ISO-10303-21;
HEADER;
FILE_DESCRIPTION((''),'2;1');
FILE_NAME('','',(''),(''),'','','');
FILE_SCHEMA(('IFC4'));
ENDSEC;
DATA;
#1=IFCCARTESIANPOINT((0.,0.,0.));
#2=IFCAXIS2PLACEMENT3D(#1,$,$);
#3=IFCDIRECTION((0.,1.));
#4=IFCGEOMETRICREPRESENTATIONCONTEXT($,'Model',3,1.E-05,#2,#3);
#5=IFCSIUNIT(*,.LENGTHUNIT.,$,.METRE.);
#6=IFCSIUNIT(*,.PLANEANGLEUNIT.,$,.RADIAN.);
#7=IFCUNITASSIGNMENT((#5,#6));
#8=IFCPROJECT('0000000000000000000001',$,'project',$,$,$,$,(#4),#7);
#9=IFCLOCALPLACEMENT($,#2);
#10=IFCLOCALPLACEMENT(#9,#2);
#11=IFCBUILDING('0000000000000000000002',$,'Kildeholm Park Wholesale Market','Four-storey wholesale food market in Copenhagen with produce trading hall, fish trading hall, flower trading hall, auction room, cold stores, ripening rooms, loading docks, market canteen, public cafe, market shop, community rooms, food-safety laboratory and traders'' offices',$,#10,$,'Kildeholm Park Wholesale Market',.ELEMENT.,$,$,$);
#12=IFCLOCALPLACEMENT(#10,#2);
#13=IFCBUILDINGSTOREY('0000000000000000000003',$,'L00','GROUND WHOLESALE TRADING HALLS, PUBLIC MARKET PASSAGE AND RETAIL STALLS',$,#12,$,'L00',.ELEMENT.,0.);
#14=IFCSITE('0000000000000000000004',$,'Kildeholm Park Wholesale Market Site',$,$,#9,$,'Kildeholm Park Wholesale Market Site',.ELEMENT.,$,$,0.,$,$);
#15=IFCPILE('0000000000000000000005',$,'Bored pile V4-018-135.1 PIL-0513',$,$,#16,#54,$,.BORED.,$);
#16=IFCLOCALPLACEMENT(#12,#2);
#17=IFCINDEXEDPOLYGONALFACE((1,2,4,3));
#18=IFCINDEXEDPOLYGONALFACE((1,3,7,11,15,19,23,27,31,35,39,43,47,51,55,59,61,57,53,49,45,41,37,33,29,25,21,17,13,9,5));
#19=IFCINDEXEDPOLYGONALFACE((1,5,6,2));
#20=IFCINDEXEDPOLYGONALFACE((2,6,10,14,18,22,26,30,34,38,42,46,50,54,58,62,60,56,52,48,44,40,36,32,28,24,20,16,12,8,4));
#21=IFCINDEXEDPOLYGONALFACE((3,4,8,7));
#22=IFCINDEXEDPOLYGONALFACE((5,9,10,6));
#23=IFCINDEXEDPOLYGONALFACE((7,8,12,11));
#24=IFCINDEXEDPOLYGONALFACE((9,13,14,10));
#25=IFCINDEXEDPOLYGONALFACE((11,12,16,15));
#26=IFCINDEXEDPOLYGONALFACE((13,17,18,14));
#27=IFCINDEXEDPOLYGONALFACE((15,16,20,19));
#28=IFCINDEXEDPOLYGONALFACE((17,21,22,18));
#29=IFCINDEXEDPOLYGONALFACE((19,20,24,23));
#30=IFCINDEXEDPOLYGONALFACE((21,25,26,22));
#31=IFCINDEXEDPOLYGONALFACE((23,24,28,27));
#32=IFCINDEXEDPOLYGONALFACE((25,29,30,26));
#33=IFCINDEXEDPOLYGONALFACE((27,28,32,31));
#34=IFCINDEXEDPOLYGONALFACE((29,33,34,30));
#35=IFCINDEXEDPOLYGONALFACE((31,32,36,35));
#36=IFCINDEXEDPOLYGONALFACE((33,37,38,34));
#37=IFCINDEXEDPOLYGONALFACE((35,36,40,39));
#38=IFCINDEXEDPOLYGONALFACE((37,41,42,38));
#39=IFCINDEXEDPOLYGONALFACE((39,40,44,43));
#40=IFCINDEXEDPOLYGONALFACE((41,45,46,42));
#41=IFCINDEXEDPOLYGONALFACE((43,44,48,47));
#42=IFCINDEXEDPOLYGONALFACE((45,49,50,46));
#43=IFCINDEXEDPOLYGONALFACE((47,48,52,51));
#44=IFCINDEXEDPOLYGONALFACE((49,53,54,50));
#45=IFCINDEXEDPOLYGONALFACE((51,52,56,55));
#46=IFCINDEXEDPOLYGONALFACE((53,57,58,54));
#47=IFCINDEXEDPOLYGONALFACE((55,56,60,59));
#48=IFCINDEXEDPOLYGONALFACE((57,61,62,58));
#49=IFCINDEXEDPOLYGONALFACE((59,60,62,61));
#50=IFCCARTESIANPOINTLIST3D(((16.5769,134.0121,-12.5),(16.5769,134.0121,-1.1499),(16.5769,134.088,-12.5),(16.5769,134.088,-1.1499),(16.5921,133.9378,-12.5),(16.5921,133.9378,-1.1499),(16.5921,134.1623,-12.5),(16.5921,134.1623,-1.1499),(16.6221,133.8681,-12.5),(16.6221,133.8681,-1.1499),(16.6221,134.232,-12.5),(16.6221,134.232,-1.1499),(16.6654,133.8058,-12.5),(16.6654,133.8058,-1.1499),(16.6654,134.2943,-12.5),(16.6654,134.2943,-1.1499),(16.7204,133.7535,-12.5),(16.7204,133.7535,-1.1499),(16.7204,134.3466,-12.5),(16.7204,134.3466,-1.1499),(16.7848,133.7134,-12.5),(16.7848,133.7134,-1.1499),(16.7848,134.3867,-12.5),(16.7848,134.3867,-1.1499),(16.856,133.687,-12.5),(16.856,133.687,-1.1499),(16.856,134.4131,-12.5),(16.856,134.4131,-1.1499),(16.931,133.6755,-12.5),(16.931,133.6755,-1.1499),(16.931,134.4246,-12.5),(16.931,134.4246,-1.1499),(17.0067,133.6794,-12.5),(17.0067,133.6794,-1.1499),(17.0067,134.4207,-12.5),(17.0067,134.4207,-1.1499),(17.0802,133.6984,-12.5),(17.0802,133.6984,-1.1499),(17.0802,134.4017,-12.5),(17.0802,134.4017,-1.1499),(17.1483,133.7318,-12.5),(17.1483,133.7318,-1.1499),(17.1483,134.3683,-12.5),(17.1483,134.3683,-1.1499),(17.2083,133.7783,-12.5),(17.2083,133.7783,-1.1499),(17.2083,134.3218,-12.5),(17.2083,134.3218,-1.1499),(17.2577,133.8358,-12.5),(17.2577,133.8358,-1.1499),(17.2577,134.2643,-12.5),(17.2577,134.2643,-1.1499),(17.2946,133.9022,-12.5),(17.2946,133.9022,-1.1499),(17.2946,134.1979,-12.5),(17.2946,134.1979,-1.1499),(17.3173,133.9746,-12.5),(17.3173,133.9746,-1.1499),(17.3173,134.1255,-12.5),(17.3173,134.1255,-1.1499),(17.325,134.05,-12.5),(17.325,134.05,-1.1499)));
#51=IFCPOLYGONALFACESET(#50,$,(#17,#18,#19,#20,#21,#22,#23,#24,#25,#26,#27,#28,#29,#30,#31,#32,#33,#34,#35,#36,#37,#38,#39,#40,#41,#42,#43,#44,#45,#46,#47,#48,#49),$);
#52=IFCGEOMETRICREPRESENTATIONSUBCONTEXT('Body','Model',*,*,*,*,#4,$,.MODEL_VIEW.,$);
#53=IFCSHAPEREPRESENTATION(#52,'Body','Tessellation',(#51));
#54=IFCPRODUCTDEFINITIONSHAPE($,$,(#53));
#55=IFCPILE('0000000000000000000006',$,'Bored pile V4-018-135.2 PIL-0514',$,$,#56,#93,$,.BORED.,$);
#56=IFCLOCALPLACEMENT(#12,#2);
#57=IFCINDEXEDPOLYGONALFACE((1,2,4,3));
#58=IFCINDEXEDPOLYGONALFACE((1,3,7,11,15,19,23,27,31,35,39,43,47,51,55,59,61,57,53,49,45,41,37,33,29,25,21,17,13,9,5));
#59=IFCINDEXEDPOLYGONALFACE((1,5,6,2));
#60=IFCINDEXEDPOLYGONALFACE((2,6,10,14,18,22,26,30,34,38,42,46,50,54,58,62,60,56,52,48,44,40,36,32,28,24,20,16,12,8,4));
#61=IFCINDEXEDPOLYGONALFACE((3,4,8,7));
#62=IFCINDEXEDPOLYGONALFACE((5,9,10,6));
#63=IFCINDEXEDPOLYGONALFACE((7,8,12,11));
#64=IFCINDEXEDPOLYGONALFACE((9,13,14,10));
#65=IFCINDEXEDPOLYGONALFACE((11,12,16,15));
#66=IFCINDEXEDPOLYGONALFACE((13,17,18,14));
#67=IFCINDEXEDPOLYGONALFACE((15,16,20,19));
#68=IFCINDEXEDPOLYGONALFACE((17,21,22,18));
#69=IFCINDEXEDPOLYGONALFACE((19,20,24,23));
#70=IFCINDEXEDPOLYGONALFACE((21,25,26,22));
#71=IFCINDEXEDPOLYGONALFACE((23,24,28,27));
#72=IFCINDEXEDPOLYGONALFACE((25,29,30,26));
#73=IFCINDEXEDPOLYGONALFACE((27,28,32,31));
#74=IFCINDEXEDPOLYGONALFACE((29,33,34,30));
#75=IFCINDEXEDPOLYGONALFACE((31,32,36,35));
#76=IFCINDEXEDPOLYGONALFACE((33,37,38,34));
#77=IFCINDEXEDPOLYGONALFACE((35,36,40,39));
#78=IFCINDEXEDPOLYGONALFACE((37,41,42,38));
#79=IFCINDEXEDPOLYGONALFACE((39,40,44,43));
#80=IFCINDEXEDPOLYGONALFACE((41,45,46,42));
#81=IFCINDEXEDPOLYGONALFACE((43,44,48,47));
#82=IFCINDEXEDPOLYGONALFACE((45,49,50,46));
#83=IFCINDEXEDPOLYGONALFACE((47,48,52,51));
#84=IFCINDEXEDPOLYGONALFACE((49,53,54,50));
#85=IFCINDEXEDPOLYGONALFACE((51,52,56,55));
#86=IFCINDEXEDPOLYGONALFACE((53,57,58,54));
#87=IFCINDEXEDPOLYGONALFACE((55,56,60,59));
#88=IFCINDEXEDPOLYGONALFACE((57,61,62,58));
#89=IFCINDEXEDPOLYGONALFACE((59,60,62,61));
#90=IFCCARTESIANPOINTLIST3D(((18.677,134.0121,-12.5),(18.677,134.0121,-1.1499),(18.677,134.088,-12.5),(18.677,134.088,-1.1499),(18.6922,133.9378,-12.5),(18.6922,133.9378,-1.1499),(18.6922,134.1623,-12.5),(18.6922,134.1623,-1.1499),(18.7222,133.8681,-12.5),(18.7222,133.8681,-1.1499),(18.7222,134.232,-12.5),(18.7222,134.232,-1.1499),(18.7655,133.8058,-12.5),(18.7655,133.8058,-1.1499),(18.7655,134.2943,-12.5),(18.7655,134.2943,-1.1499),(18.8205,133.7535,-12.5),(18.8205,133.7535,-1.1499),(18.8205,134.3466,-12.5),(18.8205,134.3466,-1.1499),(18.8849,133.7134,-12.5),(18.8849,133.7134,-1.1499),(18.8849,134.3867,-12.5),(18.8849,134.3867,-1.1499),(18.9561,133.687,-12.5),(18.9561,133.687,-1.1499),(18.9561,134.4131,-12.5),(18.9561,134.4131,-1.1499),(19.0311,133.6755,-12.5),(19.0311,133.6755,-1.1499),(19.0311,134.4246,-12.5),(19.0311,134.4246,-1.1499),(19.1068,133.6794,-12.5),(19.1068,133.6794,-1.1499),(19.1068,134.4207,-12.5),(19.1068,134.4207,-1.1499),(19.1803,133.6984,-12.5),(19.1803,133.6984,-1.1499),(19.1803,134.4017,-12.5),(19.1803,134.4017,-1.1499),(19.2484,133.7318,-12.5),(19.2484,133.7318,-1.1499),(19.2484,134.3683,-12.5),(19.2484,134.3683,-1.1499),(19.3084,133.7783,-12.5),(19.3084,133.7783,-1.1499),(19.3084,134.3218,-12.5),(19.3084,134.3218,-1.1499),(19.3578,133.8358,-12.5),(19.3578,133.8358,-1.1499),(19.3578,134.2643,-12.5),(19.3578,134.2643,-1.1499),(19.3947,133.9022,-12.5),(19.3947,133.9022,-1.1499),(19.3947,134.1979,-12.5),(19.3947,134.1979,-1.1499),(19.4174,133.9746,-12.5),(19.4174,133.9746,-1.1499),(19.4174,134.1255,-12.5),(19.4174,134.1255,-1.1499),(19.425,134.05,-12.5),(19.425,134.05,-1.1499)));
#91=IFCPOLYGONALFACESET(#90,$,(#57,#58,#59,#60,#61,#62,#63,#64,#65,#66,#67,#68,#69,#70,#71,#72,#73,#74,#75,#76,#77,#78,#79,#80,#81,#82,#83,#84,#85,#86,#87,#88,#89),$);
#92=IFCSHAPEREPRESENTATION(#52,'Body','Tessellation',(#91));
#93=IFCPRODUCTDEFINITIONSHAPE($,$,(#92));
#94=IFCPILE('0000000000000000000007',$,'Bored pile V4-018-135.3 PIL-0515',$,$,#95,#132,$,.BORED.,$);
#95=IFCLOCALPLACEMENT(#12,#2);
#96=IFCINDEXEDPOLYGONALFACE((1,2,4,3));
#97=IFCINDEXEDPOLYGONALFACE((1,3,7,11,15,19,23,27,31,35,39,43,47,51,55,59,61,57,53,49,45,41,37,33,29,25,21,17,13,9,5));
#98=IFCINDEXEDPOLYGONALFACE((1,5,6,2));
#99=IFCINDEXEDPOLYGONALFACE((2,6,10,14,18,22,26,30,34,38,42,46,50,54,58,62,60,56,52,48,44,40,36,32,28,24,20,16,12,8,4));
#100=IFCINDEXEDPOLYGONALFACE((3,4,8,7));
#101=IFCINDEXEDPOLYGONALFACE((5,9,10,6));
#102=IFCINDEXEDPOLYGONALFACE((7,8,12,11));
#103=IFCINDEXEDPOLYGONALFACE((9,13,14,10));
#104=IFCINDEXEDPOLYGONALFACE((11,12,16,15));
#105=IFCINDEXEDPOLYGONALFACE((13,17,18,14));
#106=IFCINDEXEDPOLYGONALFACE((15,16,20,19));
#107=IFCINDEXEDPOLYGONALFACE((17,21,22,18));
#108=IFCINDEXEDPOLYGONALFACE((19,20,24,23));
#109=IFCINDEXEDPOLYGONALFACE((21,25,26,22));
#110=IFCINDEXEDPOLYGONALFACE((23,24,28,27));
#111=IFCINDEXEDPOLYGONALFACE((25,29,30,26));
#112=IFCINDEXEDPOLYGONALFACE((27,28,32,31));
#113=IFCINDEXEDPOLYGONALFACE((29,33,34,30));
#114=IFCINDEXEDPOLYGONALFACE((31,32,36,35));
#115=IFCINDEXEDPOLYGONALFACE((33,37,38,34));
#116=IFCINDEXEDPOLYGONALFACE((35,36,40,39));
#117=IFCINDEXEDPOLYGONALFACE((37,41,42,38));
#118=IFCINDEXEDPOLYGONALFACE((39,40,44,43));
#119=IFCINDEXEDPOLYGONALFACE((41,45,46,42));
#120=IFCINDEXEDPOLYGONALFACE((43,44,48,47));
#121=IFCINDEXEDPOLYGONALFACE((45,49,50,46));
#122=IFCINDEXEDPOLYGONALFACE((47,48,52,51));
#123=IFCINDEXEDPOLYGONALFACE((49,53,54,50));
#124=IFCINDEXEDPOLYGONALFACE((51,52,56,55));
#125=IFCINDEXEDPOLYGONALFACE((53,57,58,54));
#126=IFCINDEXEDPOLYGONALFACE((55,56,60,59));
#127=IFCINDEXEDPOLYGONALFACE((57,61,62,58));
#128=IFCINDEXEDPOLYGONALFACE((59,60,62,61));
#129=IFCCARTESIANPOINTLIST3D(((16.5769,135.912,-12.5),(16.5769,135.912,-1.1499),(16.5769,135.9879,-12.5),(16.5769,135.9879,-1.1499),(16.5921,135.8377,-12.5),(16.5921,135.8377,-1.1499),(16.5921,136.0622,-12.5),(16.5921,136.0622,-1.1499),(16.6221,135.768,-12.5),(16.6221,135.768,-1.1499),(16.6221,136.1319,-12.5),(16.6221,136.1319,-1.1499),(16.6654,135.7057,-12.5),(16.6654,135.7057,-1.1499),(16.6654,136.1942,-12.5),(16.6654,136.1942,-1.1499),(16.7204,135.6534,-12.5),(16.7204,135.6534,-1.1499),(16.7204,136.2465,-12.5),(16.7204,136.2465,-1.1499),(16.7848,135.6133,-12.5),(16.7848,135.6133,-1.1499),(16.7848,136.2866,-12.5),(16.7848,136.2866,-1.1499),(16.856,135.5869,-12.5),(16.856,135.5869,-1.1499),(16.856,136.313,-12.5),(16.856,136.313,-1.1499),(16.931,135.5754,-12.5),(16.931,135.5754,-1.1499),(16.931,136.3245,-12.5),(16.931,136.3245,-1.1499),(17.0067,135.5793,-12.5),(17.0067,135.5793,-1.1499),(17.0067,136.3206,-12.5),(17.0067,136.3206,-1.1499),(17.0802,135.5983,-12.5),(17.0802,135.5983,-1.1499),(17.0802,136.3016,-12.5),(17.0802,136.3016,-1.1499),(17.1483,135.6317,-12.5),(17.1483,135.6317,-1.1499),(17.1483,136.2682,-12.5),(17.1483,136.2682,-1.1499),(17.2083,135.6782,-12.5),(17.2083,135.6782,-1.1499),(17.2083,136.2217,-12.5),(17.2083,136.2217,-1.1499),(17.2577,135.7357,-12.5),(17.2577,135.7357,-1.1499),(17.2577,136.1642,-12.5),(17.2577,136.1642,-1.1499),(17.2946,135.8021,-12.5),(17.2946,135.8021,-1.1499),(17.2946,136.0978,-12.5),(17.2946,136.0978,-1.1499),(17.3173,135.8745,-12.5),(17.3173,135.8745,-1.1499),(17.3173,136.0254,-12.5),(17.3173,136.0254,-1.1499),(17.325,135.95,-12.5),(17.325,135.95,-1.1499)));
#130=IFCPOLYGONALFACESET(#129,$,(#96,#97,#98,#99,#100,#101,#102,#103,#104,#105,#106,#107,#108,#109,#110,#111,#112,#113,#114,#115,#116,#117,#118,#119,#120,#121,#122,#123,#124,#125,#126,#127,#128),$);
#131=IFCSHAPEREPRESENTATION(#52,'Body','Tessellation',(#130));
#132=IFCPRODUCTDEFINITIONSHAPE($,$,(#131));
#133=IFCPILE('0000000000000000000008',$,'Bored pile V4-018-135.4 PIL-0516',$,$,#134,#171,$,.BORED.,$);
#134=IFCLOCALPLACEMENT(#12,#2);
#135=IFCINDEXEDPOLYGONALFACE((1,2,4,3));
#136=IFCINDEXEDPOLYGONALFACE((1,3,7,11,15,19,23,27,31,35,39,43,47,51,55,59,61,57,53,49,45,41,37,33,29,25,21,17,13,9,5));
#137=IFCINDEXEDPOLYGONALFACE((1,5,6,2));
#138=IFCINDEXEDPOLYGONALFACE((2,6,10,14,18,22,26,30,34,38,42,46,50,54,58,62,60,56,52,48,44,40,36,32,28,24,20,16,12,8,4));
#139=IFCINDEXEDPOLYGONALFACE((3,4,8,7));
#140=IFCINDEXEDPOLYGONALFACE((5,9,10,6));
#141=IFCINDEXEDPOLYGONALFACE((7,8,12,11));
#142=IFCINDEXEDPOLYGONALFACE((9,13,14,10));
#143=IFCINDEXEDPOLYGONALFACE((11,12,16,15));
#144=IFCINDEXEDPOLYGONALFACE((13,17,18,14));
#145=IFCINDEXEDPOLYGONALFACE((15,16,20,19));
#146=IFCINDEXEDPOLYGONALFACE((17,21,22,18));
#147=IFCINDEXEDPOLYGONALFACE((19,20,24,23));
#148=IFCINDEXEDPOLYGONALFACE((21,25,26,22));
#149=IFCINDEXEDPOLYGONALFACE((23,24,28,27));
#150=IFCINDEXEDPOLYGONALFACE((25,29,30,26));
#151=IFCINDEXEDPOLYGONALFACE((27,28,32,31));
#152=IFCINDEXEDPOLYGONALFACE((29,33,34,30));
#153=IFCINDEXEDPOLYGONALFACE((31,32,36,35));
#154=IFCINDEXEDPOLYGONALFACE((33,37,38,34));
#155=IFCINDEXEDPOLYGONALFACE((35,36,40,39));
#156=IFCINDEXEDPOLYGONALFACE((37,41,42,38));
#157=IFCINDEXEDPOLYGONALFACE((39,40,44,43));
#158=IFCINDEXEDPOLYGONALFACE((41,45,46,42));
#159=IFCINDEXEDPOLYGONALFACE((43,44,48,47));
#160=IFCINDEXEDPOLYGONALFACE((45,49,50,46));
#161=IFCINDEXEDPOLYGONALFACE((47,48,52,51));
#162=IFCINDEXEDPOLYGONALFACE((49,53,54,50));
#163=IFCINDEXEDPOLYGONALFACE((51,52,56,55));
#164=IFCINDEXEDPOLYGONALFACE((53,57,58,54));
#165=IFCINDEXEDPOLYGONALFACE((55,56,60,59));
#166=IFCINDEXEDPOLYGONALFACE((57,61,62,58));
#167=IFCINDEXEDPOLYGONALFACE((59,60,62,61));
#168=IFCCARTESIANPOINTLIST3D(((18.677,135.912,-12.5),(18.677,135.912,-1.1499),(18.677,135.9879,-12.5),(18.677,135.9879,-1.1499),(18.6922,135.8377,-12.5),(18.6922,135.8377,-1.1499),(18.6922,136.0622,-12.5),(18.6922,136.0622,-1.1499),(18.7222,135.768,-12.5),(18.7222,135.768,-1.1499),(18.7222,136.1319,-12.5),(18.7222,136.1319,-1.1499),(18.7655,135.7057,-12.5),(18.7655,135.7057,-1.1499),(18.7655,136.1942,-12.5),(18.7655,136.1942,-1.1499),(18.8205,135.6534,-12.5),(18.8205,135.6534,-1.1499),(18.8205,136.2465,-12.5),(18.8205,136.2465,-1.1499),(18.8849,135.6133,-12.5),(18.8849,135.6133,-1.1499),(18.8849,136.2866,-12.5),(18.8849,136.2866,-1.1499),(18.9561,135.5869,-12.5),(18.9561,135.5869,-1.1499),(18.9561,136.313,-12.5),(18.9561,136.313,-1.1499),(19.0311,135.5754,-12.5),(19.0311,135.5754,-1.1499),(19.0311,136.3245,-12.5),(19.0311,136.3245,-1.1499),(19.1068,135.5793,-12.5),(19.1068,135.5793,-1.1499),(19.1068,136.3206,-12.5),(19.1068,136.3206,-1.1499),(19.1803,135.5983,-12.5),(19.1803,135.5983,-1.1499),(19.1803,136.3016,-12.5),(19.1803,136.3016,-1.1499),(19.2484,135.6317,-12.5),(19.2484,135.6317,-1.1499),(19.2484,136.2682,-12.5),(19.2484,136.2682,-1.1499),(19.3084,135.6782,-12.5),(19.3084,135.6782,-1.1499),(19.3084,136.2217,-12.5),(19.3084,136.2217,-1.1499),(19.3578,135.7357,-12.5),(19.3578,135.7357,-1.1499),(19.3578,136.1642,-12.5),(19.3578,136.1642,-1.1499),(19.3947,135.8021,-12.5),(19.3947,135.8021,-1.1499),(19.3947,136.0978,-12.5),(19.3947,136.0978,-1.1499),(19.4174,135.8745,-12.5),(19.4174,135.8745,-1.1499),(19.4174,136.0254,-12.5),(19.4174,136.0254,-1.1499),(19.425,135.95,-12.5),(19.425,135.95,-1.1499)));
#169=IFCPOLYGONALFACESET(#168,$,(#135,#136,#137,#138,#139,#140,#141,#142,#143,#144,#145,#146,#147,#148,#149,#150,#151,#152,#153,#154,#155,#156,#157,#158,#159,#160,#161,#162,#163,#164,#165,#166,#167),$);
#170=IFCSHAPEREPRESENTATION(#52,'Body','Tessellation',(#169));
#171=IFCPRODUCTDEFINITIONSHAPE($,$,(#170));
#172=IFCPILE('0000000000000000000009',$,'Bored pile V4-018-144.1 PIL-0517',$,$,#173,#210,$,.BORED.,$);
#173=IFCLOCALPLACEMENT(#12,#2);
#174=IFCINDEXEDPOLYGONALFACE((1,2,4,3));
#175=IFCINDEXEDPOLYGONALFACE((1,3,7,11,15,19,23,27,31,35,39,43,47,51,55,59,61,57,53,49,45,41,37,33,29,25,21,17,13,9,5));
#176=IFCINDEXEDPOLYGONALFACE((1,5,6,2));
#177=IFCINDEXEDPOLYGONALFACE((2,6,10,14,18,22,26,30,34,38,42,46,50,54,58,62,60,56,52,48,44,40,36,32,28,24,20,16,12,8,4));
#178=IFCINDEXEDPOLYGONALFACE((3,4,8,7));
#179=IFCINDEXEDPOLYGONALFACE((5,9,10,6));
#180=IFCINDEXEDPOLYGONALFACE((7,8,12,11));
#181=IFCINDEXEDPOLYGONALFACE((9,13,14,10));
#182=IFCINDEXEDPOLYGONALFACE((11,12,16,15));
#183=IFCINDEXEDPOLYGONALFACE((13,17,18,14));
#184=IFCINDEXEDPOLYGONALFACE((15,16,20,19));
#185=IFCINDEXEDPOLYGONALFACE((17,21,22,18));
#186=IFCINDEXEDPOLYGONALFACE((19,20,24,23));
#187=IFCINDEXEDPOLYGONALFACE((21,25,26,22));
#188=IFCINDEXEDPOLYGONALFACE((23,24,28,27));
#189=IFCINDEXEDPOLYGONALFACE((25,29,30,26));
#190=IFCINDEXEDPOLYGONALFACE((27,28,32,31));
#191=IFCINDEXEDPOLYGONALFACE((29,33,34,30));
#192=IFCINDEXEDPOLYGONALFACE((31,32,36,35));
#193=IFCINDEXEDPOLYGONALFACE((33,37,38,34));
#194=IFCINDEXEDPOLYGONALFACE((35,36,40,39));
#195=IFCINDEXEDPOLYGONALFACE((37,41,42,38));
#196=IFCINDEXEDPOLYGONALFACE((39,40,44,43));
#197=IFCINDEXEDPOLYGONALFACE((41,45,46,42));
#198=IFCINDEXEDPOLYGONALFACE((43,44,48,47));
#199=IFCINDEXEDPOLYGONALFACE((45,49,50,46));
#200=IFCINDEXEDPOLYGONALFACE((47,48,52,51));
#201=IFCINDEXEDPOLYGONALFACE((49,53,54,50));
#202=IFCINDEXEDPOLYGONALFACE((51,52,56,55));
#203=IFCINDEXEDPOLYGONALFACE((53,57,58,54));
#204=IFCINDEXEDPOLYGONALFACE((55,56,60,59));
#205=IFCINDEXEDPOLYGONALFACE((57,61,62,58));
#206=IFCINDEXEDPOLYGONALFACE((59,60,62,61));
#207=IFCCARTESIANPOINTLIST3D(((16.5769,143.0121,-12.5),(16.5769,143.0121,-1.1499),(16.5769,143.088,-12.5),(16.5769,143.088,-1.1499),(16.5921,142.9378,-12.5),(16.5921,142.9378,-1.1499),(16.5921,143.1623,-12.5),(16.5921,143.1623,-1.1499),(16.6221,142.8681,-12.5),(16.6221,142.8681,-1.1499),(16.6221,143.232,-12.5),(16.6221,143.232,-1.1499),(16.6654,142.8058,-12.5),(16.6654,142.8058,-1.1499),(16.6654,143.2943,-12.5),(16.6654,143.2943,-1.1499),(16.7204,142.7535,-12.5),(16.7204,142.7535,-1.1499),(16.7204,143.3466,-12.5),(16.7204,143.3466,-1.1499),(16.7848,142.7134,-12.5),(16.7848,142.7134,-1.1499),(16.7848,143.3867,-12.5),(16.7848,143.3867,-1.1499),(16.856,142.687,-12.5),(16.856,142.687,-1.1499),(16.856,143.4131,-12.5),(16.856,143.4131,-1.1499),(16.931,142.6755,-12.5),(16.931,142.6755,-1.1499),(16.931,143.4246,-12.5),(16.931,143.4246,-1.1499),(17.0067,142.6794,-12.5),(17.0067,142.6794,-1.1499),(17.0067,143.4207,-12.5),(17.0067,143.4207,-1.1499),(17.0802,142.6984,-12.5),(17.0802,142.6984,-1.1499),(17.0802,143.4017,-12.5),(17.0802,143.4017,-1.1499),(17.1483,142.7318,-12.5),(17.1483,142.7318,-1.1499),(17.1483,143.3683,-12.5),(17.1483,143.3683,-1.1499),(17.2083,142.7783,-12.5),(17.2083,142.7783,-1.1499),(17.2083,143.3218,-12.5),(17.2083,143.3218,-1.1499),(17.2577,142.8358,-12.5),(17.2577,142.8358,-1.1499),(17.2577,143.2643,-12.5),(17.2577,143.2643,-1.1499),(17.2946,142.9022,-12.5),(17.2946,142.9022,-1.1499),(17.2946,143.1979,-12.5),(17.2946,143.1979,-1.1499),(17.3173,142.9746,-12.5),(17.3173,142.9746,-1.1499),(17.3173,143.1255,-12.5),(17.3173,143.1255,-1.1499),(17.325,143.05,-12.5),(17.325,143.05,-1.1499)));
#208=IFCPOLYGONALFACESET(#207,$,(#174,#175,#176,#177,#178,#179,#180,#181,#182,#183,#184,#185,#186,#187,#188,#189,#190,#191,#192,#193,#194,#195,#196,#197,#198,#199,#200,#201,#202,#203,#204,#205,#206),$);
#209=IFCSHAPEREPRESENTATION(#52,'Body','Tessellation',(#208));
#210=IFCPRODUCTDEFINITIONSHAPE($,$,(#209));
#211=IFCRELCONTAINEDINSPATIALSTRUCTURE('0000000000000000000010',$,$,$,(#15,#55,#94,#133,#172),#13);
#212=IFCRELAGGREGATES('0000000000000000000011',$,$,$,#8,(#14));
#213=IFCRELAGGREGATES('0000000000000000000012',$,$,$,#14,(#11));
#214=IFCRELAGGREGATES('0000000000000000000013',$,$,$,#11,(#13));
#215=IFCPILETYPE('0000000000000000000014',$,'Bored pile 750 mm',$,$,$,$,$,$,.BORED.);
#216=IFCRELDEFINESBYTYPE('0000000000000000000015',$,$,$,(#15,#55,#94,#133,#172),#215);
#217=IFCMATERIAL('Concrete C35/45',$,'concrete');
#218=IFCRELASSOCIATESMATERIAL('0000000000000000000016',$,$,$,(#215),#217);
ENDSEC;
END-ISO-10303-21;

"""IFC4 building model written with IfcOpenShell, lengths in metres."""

from ifc_helpers import new_model, si_unit, direction, frame, origin, origin_2d, place, context, subcontext, project, spatial, circle, extrude, material, material_profile, profile_set, type_object, element, save


model = new_model("IFC4")

# Units and contexts
model_context = context("Model", 3, precision=1e-05, world=origin(), true_north=direction((0.0, 1.0)))
body_context = subcontext(model_context, "Body", "Model", "MODEL_VIEW")
ifc_project = project(units=[si_unit("LENGTHUNIT", "METRE"), si_unit("PLANEANGLEUNIT", "RADIAN")], contexts=[model_context])

# Site, building, storey
site_placement = place(None, origin())
site = spatial("IfcSite", under=ifc_project, at=site_placement, Name="Kildeholm Park Wholesale Market Site", LongName="Kildeholm Park Wholesale Market Site", CompositionType="ELEMENT", RefElevation=0.0)
building_placement = place(site_placement, origin())
building = spatial("IfcBuilding", under=site, at=building_placement, Name="Kildeholm Park Wholesale Market", Description="Four-storey wholesale food market in Copenhagen with produce trading hall, fish trading hall, flower trading hall, auction room, cold stores, ripening rooms, loading docks, market canteen, public cafe, market shop, community rooms, food-safety laboratory and traders' offices", LongName="Kildeholm Park Wholesale Market", CompositionType="ELEMENT")
storey_placement = place(building_placement, origin())
storey = spatial("IfcBuildingStorey", under=building, at=storey_placement, Name="L00", Description="GROUND WHOLESALE TRADING HALLS, PUBLIC MARKET PASSAGE AND RETAIL STALLS", LongName="L00", CompositionType="ELEMENT", Elevation=0.0)

# Piles
ifc_material_1 = material(Name="Concrete C35/45", Category="concrete")
ifc_material_profile_1 = material_profile(ifc_material_1, circle(Radius=0.375, at=origin_2d()), Name="PILE D750")
ifc_profile_set_1 = profile_set([ifc_material_profile_1], Name="Concrete C35/45")
pile_type = type_object("IfcPileType", Name="Bored pile 750 mm", PredefinedType="BORED", material=ifc_profile_set_1)
for number, where, z_axis, x_axis, name in (
    (1, (16.95, 134.05, -1.1499), (0.0, 0.0, -1.0), (1.0, 0.0, 0.0), "Bored pile V4-018-135.1 PIL-0513"),
    (2, (19.05, 134.05, -1.1499), (0.0, 0.0, -1.0), (1.0, 0.0, 0.0), "Bored pile V4-018-135.2 PIL-0514"),
    (3, (16.95, 135.95, -1.1499), (0.0, 0.0, -1.0), (1.0, 0.0, 0.0), "Bored pile V4-018-135.3 PIL-0515"),
    (4, (19.05, 135.95, -1.1499), (0.0, 0.0, -1.0), (1.0, 0.0, 0.0), "Bored pile V4-018-135.4 PIL-0516"),
    (5, (16.95, 143.05, -1.1499), (0.0, 0.0, -1.0), (1.0, 0.0, 0.0), "Bored pile V4-018-144.1 PIL-0517"),
):
    element("IfcPile", number, at=place(storey_placement, frame(where, z_axis=z_axis, x_axis=x_axis)), inside=storey, type_object=pile_type, Name=name, PredefinedType="BORED", context=body_context, shape_type="SweptSolid", body=[
        extrude(circle(Radius=0.375, at=origin_2d()), origin(), (0.0, 0.0, 1.0), 11.3501),
    ])

save(model, "model.ifc")
